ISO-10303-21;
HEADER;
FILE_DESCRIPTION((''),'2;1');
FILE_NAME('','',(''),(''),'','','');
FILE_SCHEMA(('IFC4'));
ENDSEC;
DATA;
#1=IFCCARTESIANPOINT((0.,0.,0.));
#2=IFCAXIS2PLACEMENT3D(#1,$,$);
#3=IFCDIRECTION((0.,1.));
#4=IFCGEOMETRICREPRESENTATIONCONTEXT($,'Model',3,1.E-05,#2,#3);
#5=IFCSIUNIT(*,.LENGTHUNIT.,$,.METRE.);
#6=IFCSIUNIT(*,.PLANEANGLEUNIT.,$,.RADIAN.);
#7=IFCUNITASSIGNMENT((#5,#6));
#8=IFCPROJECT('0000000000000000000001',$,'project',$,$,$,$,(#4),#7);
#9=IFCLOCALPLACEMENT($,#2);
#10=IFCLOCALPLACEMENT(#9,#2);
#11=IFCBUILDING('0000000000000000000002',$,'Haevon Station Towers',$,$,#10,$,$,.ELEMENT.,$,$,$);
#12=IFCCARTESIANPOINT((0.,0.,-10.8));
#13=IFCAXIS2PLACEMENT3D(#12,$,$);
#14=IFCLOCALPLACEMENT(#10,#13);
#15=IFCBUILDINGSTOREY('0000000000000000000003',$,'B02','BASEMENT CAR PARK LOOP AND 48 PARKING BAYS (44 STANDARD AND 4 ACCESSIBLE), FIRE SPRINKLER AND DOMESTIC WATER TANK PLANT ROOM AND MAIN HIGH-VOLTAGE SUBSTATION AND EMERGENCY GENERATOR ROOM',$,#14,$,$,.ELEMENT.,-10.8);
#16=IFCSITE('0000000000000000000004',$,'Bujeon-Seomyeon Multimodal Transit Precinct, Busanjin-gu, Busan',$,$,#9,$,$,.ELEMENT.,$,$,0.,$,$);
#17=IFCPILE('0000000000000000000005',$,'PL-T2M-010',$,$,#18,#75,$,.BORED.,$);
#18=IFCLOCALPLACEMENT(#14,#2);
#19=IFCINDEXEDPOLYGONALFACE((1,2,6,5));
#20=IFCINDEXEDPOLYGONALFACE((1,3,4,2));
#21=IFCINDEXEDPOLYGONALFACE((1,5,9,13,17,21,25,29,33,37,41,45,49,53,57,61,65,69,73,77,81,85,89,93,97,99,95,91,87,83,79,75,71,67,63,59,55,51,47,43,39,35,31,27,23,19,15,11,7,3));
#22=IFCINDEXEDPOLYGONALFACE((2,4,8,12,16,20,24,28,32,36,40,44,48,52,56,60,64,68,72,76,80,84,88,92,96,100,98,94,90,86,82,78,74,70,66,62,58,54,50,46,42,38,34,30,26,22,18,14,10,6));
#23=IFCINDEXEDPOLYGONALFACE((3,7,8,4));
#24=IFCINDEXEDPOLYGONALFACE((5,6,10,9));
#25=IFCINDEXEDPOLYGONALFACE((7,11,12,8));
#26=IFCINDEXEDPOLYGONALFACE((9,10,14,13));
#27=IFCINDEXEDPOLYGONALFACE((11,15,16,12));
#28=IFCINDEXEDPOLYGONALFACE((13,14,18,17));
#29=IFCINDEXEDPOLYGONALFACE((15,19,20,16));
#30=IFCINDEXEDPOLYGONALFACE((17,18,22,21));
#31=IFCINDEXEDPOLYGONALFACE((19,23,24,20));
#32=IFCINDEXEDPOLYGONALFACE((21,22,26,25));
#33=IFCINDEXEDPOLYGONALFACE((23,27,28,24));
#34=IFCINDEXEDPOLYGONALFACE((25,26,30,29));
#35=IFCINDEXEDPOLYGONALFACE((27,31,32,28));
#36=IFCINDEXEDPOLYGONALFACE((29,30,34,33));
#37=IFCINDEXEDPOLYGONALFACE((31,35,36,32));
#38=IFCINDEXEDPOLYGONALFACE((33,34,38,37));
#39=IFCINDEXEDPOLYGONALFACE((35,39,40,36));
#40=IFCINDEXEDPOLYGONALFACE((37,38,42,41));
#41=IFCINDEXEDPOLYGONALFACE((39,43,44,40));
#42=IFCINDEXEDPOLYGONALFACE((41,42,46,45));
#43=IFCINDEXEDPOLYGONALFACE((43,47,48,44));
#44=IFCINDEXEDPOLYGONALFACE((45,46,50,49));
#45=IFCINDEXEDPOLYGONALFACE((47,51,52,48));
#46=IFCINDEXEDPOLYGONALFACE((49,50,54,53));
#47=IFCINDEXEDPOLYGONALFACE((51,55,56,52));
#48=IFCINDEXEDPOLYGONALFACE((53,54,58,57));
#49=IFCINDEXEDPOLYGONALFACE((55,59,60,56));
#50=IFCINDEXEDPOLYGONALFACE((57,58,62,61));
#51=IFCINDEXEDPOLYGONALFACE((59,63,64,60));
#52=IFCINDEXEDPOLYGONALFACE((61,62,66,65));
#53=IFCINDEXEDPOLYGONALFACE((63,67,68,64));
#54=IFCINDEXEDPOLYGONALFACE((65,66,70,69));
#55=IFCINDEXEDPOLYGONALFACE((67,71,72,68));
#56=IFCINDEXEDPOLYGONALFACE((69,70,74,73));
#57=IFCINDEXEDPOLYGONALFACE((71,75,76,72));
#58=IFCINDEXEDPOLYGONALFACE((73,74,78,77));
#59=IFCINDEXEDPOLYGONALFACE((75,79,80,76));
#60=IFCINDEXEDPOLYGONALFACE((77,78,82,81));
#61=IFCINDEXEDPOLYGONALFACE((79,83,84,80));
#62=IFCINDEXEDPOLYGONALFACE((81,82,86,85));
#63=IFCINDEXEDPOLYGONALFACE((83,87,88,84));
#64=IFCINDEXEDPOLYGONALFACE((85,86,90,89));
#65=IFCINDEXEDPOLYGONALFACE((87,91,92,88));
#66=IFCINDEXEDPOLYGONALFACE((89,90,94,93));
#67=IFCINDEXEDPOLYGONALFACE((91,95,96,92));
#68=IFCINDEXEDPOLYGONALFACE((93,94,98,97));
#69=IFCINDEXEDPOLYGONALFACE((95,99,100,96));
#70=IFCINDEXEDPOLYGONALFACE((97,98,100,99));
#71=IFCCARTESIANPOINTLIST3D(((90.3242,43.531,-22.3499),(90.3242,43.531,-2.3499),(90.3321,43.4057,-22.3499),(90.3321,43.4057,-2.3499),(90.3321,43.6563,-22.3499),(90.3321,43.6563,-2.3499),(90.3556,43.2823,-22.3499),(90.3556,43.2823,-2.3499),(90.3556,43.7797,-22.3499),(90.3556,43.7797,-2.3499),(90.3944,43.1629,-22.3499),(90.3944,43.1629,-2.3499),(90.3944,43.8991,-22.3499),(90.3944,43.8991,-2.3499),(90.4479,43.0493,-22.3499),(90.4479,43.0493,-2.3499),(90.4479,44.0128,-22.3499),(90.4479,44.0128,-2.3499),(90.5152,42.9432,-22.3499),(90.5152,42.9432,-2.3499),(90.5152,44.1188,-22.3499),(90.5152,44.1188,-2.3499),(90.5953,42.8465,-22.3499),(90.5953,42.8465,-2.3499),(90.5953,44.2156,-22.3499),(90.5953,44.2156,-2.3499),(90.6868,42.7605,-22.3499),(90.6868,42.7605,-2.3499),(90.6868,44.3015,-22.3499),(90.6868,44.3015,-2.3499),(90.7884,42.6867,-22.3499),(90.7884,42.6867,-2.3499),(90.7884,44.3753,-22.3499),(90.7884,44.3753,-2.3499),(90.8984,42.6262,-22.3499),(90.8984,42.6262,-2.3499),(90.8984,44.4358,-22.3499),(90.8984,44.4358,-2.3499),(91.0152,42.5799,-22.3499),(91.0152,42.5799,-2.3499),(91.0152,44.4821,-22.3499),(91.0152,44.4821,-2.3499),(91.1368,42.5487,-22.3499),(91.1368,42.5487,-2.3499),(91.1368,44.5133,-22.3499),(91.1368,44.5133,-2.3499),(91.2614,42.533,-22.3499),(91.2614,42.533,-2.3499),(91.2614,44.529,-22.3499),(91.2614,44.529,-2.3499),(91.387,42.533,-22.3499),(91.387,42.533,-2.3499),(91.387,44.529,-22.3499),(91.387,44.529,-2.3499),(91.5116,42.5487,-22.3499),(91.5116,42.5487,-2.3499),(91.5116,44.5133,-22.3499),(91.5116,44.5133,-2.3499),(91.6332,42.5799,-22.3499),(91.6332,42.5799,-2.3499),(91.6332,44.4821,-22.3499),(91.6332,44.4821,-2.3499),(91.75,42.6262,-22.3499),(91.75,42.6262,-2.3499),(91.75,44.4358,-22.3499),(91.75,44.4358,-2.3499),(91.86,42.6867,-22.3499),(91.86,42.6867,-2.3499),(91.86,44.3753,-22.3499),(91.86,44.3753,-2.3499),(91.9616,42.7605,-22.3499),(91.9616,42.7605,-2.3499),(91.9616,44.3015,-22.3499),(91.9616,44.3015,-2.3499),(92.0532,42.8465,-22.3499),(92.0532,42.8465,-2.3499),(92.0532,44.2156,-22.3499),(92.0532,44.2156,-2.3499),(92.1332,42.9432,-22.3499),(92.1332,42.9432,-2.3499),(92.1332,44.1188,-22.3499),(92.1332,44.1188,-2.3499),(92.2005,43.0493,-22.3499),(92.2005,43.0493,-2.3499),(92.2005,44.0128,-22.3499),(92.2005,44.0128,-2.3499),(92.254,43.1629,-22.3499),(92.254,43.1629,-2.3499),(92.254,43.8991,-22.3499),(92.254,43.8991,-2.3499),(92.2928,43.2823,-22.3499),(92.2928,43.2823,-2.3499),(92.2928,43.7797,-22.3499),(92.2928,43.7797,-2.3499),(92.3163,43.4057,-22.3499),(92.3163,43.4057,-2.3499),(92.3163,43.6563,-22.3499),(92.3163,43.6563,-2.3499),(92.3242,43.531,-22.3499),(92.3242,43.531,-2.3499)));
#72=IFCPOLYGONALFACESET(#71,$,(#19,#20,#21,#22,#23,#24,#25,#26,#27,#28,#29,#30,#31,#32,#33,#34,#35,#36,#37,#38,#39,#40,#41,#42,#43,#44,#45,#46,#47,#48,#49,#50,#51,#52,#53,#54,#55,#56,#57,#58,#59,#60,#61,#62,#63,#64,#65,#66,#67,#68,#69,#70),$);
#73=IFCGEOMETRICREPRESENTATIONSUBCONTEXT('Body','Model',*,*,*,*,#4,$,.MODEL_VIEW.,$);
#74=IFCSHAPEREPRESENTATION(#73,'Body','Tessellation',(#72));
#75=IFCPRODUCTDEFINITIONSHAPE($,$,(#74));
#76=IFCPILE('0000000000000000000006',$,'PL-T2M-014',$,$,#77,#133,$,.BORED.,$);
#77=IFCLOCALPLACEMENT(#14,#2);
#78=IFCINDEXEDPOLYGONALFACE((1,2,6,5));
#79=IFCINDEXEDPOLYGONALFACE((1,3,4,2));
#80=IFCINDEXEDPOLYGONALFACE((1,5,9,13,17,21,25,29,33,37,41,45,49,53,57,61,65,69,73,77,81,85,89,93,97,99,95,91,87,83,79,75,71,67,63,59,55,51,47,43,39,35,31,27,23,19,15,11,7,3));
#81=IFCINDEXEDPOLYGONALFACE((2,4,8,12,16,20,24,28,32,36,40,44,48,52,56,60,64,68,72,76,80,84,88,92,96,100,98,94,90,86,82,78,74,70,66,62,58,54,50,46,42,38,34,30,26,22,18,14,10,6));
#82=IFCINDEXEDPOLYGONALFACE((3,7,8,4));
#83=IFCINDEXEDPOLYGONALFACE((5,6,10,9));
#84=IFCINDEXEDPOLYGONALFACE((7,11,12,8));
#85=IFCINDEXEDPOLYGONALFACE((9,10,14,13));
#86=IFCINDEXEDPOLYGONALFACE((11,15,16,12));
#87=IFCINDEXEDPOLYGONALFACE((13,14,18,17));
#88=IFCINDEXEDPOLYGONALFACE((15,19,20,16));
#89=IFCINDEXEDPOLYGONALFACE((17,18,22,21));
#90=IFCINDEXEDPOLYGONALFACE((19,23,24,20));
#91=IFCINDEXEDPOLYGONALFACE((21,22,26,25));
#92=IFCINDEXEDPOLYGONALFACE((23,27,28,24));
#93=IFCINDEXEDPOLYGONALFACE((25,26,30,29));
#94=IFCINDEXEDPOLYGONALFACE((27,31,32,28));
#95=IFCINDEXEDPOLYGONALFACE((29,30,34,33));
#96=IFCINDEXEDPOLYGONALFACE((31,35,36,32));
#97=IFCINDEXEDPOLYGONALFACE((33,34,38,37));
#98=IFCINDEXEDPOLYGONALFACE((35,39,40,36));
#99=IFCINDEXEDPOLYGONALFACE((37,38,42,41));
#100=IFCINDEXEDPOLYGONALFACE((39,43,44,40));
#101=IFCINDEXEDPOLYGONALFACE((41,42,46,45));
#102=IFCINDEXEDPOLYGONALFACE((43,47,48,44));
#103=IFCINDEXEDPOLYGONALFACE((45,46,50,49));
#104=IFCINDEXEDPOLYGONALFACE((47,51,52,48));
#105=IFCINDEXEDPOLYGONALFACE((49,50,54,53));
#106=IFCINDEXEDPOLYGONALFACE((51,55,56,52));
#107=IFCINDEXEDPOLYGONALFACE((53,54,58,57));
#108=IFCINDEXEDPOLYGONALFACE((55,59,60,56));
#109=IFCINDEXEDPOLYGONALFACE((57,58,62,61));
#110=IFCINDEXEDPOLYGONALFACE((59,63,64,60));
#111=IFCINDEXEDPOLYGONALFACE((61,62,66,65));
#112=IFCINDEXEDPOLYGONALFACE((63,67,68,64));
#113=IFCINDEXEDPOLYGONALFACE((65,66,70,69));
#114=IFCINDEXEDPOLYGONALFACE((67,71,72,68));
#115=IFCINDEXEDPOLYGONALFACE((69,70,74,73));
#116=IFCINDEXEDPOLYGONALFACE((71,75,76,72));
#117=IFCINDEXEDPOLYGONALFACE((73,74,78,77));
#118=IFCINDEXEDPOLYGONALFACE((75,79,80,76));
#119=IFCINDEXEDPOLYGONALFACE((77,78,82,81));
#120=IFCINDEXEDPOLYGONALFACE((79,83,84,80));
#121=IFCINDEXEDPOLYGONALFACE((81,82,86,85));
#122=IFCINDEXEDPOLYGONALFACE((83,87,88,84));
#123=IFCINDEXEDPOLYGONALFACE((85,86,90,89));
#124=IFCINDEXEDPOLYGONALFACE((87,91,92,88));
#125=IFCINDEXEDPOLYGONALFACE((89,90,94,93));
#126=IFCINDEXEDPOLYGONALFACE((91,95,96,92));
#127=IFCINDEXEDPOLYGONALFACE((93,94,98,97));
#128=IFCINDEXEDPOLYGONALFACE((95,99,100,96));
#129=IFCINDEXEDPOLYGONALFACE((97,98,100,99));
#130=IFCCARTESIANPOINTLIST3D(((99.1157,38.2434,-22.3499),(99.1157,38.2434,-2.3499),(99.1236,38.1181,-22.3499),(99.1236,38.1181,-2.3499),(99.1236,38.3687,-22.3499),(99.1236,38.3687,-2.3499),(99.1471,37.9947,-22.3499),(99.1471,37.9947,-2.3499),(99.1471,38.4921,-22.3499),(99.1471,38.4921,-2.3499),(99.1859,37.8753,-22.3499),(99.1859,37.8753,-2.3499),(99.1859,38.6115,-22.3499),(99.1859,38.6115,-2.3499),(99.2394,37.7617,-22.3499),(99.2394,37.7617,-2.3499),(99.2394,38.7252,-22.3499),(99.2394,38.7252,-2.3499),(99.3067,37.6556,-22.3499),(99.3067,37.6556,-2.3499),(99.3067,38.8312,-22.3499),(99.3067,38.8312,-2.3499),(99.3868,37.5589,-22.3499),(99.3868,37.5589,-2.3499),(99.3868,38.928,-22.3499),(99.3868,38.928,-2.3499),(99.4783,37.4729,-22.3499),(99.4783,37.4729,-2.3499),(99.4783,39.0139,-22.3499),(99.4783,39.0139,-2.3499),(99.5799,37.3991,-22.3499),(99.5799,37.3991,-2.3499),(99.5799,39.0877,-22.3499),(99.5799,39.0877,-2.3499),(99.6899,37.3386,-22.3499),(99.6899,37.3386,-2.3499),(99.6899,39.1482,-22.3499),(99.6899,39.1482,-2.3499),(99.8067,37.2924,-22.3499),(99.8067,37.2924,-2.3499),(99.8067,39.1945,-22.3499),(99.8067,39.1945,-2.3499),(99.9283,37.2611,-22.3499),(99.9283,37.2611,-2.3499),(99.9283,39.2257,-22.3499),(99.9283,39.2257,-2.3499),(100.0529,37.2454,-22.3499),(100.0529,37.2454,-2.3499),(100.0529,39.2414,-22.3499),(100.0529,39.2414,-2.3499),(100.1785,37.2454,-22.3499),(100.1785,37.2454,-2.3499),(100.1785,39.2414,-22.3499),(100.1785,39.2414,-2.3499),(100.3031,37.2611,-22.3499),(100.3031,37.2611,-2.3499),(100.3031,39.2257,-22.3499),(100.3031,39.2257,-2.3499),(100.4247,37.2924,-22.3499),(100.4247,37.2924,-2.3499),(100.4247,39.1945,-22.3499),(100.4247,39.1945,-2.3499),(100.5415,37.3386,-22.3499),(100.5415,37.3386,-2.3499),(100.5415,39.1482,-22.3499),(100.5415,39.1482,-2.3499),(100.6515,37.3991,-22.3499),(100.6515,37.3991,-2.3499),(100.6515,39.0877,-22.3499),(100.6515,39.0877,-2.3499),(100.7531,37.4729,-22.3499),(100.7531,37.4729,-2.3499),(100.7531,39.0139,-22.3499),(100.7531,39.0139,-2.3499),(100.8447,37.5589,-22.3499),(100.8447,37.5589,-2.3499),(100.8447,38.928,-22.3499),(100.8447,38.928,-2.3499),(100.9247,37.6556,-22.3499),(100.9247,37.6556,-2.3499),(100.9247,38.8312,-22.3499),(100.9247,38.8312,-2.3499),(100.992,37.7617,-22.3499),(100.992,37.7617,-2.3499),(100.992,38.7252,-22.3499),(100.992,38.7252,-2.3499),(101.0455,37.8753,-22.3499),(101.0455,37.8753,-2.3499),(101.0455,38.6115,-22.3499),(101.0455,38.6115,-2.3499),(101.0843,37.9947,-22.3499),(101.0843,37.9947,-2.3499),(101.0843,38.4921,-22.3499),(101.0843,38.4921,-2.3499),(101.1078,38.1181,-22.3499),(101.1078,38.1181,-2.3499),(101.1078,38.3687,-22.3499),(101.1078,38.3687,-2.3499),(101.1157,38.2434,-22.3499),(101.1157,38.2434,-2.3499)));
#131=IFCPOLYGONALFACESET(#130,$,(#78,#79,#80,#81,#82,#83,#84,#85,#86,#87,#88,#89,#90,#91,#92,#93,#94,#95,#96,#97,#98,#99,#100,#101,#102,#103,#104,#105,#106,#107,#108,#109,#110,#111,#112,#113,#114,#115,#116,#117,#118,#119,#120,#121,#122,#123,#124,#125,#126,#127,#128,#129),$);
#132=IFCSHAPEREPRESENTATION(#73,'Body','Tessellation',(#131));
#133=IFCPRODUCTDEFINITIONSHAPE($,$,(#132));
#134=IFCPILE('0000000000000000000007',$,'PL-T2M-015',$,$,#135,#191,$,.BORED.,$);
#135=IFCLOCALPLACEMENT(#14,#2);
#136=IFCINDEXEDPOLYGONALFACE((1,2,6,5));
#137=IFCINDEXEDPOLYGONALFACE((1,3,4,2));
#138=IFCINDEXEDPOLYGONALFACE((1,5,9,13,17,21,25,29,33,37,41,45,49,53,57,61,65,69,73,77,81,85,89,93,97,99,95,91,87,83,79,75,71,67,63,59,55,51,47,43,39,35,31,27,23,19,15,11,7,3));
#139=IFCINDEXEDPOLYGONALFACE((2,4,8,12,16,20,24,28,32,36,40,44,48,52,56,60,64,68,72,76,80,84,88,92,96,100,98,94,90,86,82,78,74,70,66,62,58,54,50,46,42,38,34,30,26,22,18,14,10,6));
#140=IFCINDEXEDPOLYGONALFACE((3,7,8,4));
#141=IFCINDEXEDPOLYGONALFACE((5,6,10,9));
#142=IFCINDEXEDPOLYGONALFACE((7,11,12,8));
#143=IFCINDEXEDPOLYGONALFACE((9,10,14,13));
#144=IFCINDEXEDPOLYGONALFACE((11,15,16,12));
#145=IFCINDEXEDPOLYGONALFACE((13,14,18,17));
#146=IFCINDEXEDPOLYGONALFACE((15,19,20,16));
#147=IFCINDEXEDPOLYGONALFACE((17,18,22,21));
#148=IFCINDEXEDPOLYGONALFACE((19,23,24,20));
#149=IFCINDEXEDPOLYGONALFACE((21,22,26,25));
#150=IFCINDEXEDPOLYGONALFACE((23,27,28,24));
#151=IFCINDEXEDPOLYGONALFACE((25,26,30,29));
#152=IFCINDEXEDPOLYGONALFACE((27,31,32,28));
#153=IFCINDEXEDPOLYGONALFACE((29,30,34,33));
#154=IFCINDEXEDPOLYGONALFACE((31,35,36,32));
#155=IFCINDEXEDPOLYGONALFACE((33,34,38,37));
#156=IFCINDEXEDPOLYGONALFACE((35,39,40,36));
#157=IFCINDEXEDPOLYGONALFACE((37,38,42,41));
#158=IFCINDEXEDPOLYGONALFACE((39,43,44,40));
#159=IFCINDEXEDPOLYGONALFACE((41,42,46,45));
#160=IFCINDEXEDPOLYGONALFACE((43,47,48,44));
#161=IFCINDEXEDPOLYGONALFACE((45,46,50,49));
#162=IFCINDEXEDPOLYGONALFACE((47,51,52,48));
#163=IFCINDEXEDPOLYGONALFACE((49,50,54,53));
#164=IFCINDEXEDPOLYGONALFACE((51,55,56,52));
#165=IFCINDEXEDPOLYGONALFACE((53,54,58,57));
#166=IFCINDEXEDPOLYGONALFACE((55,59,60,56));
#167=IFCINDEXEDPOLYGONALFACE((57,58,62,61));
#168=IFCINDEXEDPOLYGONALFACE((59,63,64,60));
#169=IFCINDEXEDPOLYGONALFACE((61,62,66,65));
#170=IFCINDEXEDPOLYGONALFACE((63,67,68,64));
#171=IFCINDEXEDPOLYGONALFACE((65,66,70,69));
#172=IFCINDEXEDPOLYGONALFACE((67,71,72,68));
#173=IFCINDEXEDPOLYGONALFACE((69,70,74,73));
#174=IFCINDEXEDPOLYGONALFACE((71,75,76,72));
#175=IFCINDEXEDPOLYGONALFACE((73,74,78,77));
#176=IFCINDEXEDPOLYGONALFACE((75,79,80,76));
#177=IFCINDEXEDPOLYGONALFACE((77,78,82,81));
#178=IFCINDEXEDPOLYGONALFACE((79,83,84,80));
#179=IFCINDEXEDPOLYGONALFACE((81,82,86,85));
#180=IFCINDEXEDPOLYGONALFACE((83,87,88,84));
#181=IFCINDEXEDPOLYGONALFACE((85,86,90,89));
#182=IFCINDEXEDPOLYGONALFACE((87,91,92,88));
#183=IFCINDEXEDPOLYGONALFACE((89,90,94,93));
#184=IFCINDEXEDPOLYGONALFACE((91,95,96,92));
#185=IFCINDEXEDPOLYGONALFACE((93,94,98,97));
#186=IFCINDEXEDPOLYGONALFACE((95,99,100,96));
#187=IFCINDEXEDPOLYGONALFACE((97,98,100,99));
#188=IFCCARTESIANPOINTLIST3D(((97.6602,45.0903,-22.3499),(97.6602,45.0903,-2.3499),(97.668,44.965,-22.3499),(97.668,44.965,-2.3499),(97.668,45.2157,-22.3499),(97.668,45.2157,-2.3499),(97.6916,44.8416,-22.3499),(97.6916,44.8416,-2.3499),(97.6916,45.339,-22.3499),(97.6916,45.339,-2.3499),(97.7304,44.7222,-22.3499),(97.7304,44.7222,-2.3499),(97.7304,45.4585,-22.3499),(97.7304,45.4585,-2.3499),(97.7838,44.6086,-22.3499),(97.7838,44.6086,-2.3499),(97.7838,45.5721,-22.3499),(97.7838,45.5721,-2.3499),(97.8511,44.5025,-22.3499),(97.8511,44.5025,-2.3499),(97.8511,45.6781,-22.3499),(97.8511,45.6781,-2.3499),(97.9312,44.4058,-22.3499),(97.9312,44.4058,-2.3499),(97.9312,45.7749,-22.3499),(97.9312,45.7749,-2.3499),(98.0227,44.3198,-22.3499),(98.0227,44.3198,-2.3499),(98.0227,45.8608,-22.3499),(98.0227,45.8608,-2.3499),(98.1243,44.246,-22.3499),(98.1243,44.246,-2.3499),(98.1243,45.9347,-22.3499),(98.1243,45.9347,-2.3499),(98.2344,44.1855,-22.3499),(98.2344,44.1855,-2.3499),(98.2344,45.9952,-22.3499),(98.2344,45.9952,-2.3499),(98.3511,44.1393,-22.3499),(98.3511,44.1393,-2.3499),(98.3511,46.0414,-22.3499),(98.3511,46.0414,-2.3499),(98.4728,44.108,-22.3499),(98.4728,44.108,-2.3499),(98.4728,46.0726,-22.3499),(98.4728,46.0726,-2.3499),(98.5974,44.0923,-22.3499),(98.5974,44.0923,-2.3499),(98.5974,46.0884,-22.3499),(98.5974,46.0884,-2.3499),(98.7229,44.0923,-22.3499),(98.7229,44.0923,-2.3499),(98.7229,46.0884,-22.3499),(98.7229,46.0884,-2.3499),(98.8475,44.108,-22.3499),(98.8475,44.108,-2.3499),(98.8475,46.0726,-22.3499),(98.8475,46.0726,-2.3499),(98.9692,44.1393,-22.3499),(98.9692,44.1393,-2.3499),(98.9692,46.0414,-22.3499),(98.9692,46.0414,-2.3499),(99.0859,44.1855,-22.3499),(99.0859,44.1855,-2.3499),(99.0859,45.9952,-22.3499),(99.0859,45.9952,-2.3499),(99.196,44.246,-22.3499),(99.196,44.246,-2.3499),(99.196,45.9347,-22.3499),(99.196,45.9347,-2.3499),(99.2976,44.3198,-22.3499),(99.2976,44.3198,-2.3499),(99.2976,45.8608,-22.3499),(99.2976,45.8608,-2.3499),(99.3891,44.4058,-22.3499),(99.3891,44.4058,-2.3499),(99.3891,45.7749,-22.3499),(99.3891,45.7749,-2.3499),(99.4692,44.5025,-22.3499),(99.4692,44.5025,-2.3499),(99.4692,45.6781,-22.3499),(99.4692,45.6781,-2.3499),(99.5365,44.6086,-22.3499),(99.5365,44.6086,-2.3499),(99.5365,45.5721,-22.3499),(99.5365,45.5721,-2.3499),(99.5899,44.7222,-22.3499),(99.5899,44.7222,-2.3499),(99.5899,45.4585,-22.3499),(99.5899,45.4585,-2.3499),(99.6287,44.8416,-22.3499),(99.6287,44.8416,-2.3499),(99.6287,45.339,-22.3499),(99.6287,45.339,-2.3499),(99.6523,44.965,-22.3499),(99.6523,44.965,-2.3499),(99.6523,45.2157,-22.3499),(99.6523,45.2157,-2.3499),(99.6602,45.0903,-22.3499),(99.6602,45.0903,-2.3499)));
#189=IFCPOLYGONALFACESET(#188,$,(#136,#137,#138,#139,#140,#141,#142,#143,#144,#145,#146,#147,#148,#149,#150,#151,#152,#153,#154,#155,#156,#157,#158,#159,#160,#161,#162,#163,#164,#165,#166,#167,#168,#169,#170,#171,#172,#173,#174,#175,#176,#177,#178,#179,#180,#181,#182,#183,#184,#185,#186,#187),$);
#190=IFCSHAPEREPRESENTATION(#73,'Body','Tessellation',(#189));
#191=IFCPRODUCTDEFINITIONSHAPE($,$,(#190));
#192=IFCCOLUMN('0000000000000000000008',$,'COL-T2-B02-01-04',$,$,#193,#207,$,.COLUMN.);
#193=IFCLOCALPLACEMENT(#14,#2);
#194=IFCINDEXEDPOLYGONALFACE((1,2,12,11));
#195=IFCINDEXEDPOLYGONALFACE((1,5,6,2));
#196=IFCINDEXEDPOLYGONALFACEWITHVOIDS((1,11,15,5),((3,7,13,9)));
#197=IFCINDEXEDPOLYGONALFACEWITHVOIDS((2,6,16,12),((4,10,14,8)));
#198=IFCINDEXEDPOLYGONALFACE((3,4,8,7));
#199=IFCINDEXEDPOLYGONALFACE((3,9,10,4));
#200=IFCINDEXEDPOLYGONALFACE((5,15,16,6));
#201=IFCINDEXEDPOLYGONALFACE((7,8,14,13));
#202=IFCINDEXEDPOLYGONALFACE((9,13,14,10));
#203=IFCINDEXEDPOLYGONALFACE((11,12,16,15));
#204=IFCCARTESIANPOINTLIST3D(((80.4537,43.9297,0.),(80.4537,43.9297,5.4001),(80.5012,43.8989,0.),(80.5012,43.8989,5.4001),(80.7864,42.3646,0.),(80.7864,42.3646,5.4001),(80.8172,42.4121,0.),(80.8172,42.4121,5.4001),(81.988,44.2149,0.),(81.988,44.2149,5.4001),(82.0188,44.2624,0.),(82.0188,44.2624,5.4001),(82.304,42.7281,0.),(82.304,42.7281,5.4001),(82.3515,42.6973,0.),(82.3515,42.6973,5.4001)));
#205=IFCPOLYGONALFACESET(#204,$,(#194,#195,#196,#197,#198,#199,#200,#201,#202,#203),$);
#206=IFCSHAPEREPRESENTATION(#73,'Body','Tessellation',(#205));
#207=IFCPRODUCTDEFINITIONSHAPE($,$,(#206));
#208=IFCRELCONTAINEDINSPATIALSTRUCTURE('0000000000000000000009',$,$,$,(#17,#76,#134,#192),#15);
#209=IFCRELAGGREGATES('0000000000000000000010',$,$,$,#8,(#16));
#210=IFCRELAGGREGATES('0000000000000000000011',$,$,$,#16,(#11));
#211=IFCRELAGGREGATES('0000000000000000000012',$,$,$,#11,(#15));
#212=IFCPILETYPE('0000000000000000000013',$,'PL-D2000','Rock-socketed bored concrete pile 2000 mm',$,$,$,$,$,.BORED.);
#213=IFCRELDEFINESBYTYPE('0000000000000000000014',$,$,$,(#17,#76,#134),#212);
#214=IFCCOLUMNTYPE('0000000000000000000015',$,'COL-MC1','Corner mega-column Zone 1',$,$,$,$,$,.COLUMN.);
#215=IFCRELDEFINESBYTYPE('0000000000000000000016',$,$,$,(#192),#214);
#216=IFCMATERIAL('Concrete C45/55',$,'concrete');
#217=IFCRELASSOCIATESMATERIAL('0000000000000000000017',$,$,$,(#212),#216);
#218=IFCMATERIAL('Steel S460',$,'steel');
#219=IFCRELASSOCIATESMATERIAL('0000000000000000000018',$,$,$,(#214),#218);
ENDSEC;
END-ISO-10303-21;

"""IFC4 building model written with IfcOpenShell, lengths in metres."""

from ifc_helpers import new_model, si_unit, direction, frame, origin, origin_2d, place, context, subcontext, project, spatial, hollow_rectangle, circle, extrude, material, material_profile, profile_set, type_object, element, save


model = new_model("IFC4")

# Units and contexts
model_context = context("Model", 3, precision=1e-05, world=origin(), true_north=direction((0.0, 1.0)))
body_context = subcontext(model_context, "Body", "Model", "MODEL_VIEW")
ifc_project = project(units=[si_unit("LENGTHUNIT", "METRE"), si_unit("PLANEANGLEUNIT", "RADIAN")], contexts=[model_context])

# Site, building, storey
site_placement = place(None, origin())
site = spatial("IfcSite", under=ifc_project, at=site_placement, Name="Bujeon-Seomyeon Multimodal Transit Precinct, Busanjin-gu, Busan", CompositionType="ELEMENT", RefElevation=0.0)
building_placement = place(site_placement, origin())
building = spatial("IfcBuilding", under=site, at=building_placement, Name="Haevon Station Towers", CompositionType="ELEMENT")
storey_placement = place(building_placement, frame((0.0, 0.0, -10.8)))
storey = spatial("IfcBuildingStorey", under=building, at=storey_placement, Name="B02", Description="BASEMENT CAR PARK LOOP AND 48 PARKING BAYS (44 STANDARD AND 4 ACCESSIBLE), FIRE SPRINKLER AND DOMESTIC WATER TANK PLANT ROOM AND MAIN HIGH-VOLTAGE SUBSTATION AND EMERGENCY GENERATOR ROOM", CompositionType="ELEMENT", Elevation=-10.8)

# Piles
ifc_material_1 = material(Name="Concrete C45/55", Category="concrete")
ifc_material_profile_1 = material_profile(ifc_material_1, circle(Radius=1.0, at=origin_2d()), Name="PILE-D2000")
ifc_profile_set_1 = profile_set([ifc_material_profile_1], Name="Concrete C45/55")
pile_type = type_object("IfcPileType", Name="PL-D2000", Description="Rock-socketed bored concrete pile 2000 mm", PredefinedType="BORED", material=ifc_profile_set_1)
for number, where, z_axis, x_axis, name in (
    (1, (91.3242, 43.531, -2.3499), (0.0, 0.0, -1.0), (1.0, 0.0, 0.0), "PL-T2M-010"),
    (2, (100.1157, 38.2434, -2.3499), (0.0, 0.0, -1.0), (1.0, 0.0, 0.0), "PL-T2M-014"),
    (3, (98.6602, 45.0903, -2.3499), (0.0, 0.0, -1.0), (1.0, 0.0, 0.0), "PL-T2M-015"),
):
    element("IfcPile", number, at=place(storey_placement, frame(where, z_axis=z_axis, x_axis=x_axis)), inside=storey, type_object=pile_type, Name=name, PredefinedType="BORED", context=body_context, shape_type="SweptSolid", body=[
        extrude(circle(Radius=1.0, at=origin_2d()), origin(), (0.0, 0.0, 1.0), 20.0),
    ])

# Column
ifc_material_2 = material(Name="Steel S460", Category="steel")
ifc_material_profile_2 = material_profile(ifc_material_2, hollow_rectangle(XDim=1.6001, YDim=1.6001, WallThickness=0.04, at=origin_2d()), Name="BOX-1600x1600x40")
ifc_profile_set_2 = profile_set([ifc_material_profile_2], Name="Steel S460")
column_type_1 = type_object("IfcColumnType", Name="COL-MC1", Description="Corner mega-column Zone 1", PredefinedType="COLUMN", material=ifc_profile_set_2)
column_placement = place(storey_placement, frame((81.4026, 43.3135, 0.0), z_axis=(0.0, 0.0, 1.0), x_axis=(0.978148, 0.207912, 0.0)))
element("IfcColumn", 4, at=column_placement, inside=storey, type_object=column_type_1, Name="COL-T2-B02-01-04", PredefinedType="COLUMN", context=body_context, shape_type="SweptSolid", body=[
    extrude(hollow_rectangle(XDim=1.6001, YDim=1.6001, WallThickness=0.04, at=origin_2d()), origin(), (0.0, 0.0, 1.0), 5.4001),
])

save(model, "model.ifc")
